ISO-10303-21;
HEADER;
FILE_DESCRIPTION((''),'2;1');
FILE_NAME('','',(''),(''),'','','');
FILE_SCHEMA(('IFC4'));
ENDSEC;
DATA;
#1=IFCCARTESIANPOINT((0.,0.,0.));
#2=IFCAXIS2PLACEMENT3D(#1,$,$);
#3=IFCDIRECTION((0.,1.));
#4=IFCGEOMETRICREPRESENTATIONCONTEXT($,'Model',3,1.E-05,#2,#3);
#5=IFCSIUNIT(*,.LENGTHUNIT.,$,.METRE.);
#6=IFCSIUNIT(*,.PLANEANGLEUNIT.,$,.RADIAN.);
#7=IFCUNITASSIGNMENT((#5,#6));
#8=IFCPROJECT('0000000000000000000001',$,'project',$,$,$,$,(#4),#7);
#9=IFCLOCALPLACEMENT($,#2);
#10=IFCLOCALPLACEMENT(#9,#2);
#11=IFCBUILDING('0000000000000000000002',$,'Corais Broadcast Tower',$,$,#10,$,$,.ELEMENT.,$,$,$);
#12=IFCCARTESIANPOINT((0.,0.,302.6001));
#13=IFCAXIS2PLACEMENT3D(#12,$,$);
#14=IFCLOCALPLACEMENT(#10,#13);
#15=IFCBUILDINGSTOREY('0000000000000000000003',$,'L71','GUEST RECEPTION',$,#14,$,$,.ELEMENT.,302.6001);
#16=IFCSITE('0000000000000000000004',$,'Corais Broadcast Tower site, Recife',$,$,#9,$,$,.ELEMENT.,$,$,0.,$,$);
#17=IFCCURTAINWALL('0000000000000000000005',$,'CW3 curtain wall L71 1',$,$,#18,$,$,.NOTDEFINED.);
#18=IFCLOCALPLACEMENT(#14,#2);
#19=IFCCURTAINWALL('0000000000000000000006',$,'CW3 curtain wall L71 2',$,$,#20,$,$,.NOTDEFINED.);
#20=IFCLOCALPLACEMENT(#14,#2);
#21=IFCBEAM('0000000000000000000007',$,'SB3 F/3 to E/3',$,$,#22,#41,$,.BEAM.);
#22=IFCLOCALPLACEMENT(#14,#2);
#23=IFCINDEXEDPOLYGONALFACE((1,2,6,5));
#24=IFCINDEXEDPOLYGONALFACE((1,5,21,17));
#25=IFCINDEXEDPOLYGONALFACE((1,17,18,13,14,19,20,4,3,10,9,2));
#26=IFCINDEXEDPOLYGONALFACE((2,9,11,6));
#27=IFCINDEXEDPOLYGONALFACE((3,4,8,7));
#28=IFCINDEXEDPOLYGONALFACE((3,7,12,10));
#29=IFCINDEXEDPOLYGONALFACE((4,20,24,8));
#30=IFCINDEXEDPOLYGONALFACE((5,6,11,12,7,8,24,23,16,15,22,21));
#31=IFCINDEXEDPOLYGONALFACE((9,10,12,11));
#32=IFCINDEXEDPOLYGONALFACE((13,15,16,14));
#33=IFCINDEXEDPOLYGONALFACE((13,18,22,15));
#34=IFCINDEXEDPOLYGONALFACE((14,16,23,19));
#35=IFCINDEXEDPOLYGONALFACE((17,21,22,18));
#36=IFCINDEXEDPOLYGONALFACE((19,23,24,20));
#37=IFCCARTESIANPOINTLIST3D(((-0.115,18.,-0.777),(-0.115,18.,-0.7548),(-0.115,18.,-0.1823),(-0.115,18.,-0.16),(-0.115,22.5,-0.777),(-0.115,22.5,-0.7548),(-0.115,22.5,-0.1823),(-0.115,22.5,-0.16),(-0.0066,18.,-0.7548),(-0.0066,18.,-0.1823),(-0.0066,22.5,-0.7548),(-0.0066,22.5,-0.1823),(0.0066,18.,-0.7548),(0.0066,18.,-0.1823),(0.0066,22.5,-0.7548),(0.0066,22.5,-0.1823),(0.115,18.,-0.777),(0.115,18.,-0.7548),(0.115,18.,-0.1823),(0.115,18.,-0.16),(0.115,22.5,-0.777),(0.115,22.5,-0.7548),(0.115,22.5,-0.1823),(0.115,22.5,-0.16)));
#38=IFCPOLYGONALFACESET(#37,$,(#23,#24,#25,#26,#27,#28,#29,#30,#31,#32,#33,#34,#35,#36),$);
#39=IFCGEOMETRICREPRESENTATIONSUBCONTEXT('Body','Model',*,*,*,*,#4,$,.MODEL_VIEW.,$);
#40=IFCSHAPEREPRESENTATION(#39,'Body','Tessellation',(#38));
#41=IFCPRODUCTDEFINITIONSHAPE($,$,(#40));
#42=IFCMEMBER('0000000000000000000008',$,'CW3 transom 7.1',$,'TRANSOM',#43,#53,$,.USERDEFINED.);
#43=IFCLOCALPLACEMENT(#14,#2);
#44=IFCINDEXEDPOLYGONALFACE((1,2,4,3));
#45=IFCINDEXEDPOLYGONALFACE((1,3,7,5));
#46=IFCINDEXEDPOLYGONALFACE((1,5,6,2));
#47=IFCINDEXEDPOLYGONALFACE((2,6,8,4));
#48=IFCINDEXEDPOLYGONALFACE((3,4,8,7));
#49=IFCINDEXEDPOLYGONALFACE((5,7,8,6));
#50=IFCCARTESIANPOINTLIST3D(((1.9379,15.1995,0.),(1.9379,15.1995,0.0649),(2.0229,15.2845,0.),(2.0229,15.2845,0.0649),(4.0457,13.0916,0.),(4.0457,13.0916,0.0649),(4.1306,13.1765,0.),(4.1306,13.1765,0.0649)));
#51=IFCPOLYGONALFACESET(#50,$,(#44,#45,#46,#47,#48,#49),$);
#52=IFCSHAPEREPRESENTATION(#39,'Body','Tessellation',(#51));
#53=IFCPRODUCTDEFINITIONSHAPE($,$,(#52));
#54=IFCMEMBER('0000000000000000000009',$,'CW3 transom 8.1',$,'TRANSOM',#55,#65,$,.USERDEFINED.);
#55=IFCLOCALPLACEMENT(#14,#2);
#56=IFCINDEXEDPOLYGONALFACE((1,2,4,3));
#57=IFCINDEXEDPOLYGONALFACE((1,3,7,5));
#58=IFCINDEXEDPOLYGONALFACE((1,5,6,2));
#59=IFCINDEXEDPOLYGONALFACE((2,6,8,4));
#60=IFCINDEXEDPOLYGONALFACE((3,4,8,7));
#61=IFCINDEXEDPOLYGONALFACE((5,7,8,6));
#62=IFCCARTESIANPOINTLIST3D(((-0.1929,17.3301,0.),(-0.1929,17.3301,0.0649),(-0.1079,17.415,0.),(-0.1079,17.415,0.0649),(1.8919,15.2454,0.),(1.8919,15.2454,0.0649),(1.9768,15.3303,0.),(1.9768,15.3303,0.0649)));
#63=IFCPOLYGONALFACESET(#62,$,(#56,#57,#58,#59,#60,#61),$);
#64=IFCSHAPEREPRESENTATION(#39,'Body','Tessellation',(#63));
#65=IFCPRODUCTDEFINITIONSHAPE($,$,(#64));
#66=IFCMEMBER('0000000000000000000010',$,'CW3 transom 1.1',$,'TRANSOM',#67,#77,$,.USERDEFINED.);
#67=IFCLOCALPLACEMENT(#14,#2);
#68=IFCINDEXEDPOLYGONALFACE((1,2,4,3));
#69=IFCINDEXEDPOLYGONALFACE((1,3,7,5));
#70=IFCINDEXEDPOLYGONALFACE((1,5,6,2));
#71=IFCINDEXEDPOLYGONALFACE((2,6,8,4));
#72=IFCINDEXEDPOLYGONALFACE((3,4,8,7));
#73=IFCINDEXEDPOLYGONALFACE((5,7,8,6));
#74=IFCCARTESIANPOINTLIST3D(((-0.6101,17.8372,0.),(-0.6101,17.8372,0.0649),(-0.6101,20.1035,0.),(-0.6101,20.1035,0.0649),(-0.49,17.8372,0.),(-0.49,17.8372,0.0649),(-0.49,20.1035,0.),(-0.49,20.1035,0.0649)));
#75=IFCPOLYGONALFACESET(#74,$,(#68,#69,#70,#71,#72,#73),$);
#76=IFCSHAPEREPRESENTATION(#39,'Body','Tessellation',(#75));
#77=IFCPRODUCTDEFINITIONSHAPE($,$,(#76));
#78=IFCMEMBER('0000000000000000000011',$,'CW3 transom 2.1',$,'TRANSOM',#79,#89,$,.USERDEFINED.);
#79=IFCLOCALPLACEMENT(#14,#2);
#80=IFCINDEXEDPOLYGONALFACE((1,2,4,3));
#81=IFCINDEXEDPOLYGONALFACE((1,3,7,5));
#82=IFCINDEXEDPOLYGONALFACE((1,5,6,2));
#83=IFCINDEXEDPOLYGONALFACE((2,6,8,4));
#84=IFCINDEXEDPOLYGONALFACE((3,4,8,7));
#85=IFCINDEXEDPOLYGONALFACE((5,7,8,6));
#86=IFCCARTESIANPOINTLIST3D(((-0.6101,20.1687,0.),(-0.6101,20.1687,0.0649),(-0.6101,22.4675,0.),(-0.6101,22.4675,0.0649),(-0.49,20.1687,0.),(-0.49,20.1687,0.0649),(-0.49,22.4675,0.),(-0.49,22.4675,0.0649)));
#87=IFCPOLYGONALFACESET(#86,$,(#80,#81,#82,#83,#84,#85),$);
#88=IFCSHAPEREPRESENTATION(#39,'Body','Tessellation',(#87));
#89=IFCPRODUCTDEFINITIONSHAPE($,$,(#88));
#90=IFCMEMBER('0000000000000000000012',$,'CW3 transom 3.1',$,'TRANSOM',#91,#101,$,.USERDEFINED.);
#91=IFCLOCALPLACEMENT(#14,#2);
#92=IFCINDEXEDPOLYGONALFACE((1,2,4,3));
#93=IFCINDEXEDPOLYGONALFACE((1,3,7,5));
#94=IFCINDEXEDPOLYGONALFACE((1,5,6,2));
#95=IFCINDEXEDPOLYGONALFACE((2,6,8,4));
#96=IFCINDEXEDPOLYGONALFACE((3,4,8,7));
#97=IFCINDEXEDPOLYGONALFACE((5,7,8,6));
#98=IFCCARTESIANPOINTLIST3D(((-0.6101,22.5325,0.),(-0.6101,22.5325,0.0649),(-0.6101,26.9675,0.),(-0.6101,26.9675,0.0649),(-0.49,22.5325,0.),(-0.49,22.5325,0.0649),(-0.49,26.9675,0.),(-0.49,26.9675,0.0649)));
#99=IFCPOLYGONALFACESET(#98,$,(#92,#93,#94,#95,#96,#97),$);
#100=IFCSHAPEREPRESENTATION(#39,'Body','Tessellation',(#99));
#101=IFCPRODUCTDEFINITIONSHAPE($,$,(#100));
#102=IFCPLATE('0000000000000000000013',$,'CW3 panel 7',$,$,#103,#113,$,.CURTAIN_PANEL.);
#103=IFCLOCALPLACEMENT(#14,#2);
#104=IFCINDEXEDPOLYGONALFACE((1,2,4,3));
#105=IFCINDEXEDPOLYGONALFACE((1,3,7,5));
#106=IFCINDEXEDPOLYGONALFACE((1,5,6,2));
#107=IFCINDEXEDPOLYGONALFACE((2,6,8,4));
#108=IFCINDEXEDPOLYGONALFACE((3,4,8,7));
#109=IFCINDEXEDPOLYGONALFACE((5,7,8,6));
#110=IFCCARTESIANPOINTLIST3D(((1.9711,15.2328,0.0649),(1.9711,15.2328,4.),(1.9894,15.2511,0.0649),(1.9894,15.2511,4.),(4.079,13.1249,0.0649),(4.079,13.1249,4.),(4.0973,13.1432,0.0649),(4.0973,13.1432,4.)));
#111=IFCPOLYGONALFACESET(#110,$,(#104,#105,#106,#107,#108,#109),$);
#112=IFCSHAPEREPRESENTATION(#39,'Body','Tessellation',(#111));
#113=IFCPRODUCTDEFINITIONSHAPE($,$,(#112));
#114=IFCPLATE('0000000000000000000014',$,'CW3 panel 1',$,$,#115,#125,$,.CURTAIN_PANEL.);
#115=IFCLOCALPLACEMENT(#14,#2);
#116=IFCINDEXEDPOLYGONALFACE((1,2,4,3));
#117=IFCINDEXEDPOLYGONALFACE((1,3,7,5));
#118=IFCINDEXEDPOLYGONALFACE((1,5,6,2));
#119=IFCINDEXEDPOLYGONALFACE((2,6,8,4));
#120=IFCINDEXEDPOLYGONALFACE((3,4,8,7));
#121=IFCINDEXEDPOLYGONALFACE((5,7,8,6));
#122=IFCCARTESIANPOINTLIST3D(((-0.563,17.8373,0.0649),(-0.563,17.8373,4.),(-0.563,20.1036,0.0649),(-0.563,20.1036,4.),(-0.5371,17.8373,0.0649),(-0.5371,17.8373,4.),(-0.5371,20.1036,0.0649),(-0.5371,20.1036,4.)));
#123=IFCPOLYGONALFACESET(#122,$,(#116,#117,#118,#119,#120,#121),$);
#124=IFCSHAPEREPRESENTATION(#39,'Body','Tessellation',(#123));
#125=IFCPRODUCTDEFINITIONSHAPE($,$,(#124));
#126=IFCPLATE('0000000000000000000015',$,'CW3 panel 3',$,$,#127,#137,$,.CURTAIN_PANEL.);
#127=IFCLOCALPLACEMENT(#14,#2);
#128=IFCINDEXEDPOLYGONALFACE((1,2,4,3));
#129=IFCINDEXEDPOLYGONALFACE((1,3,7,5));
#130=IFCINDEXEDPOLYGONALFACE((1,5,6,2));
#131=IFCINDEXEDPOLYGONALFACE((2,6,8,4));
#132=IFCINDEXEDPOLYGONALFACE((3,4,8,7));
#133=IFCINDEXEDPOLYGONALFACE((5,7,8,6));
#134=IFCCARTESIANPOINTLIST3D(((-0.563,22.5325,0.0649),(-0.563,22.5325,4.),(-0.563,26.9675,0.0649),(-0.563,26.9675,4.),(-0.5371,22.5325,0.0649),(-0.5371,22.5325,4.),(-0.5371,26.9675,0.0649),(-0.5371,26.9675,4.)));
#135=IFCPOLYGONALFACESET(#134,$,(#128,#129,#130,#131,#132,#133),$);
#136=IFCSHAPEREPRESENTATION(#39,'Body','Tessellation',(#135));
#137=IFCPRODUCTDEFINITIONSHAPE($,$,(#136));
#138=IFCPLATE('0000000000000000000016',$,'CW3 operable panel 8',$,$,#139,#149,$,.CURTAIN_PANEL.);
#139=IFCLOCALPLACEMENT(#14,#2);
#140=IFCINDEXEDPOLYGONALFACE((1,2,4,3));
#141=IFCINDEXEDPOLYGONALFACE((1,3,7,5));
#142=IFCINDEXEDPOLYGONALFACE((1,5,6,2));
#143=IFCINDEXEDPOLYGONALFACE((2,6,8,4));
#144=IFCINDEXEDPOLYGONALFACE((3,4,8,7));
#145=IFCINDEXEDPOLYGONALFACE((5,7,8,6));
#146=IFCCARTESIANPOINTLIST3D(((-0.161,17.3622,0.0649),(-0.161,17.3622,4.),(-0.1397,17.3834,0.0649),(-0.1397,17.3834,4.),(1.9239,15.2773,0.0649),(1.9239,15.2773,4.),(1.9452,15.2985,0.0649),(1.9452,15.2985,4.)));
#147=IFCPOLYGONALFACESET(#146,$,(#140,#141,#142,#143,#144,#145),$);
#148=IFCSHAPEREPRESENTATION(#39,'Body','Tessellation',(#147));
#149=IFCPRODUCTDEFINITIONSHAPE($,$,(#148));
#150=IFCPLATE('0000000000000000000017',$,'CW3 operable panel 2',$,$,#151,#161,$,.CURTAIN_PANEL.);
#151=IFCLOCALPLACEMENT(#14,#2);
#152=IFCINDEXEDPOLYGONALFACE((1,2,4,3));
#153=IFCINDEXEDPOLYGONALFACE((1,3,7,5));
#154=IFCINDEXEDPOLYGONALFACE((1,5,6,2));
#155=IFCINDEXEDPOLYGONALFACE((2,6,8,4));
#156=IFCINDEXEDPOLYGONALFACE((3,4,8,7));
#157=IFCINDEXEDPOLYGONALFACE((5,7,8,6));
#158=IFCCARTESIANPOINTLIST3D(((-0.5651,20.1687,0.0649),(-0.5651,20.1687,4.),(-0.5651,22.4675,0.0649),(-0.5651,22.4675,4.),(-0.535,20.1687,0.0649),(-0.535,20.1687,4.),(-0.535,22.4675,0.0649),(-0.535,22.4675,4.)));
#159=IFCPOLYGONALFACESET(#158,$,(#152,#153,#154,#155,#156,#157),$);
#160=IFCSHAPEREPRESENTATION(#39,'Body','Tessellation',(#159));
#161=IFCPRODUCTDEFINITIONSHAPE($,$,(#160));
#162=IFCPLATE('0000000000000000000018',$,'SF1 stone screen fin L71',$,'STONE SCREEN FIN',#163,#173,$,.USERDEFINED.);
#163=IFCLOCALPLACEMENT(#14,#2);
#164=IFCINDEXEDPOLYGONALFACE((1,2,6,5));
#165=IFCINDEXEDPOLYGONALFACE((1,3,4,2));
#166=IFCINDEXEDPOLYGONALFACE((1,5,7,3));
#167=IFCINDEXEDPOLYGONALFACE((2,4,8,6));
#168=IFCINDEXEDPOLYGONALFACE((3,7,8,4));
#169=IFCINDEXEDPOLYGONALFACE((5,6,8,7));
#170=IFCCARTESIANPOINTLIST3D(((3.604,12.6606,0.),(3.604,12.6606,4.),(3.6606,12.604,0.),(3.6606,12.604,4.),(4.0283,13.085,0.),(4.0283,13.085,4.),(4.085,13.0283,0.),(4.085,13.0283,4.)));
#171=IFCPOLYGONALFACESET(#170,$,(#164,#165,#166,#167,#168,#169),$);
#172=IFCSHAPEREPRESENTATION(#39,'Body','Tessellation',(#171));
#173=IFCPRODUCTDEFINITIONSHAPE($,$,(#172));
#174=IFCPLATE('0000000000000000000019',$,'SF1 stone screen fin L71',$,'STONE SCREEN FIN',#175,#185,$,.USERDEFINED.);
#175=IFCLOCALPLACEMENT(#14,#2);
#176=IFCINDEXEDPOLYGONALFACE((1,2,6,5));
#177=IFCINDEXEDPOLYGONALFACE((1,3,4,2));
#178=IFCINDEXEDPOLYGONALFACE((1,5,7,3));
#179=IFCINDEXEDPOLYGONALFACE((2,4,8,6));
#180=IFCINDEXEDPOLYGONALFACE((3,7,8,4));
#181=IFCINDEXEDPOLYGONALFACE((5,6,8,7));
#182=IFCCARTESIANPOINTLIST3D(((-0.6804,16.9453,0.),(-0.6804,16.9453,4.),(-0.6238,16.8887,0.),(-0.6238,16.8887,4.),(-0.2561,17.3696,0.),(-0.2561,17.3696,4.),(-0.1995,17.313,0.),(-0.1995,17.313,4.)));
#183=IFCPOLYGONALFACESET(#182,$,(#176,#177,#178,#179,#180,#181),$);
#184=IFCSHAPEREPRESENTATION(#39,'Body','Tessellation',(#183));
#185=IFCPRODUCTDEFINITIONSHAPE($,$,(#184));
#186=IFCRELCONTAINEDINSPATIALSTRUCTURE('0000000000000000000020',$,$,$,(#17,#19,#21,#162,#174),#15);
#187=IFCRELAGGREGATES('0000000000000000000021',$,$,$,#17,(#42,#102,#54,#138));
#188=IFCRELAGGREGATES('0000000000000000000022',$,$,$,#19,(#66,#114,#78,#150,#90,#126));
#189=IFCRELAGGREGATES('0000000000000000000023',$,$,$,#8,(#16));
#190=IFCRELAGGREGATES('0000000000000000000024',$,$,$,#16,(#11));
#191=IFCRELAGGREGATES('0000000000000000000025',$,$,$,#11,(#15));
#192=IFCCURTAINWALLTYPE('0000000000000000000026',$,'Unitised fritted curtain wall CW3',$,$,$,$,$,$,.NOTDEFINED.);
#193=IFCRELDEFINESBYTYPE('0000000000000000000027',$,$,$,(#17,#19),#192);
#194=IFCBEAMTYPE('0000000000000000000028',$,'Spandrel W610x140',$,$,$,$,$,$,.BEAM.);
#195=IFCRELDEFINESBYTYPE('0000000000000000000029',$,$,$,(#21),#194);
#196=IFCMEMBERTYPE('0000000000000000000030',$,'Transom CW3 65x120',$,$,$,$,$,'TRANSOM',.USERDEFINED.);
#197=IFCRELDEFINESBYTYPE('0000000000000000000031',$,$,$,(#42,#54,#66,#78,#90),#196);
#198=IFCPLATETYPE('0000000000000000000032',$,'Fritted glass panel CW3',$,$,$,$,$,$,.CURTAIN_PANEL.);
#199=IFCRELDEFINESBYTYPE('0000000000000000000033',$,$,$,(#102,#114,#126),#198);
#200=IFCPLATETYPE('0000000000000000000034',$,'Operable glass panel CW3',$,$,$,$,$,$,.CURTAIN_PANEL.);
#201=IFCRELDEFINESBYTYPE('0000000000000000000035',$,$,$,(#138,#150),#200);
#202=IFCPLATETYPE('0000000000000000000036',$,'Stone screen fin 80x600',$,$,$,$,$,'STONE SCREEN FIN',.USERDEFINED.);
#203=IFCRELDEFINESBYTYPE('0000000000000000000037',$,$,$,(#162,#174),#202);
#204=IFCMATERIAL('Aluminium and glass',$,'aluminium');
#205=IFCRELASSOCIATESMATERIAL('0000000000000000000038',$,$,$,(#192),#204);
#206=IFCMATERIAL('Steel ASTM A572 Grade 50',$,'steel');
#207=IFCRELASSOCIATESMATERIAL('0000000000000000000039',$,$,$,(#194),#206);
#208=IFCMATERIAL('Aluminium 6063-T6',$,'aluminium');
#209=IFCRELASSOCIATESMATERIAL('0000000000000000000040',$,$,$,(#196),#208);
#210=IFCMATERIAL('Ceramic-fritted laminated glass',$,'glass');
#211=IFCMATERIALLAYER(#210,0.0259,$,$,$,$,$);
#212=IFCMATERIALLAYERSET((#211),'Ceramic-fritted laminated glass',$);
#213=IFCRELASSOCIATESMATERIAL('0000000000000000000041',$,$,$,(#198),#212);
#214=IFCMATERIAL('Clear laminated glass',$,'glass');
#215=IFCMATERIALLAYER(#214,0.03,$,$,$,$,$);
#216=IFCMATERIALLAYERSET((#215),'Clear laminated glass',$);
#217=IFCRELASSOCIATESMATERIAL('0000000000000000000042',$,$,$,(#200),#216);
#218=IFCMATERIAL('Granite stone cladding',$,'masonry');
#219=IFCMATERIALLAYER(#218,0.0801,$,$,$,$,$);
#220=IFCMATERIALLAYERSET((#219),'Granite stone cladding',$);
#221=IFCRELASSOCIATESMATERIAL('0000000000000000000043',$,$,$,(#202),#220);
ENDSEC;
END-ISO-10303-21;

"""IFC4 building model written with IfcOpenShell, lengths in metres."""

from ifc_helpers import new_model, si_unit, direction, frame, origin, origin_2d, place, context, subcontext, project, spatial, rectangle, i_section, extrude, material, layer, layer_set, material_profile, profile_set, type_object, element, aggregate, save


model = new_model("IFC4")

# Units and contexts
model_context = context("Model", 3, precision=1e-05, world=origin(), true_north=direction((0.0, 1.0)))
body_context = subcontext(model_context, "Body", "Model", "MODEL_VIEW")
ifc_project = project(units=[si_unit("LENGTHUNIT", "METRE"), si_unit("PLANEANGLEUNIT", "RADIAN")], contexts=[model_context])

# Site, building, storey
site_placement = place(None, origin())
site = spatial("IfcSite", under=ifc_project, at=site_placement, Name="Corais Broadcast Tower site, Recife", CompositionType="ELEMENT", RefElevation=0.0)
building_placement = place(site_placement, origin())
building = spatial("IfcBuilding", under=site, at=building_placement, Name="Corais Broadcast Tower", CompositionType="ELEMENT")
storey_placement = place(building_placement, frame((0.0, 0.0, 302.6001)))
storey = spatial("IfcBuildingStorey", under=building, at=storey_placement, Name="L71", Description="GUEST RECEPTION", CompositionType="ELEMENT", Elevation=302.6001)

# Curtain walls
ifc_material_1 = material(Name="Aluminium and glass", Category="aluminium")
curtain_wall_type = type_object("IfcCurtainWallType", Name="Unitised fritted curtain wall CW3", PredefinedType="NOTDEFINED", material=ifc_material_1)
curtain_wall_1_placement = place(storey_placement, origin())
curtain_wall_1 = element("IfcCurtainWall", 1, at=curtain_wall_1_placement, inside=storey, type_object=curtain_wall_type, Name="CW3 curtain wall L71 1", PredefinedType="NOTDEFINED")
curtain_wall_2_placement = place(storey_placement, origin())
curtain_wall_2 = element("IfcCurtainWall", 2, at=curtain_wall_2_placement, inside=storey, type_object=curtain_wall_type, Name="CW3 curtain wall L71 2", PredefinedType="NOTDEFINED")

# Beam
ifc_material_2 = material(Name="Steel ASTM A572 Grade 50", Category="steel")
ifc_material_profile_1 = material_profile(ifc_material_2, i_section(OverallWidth=0.23, OverallDepth=0.6169, WebThickness=0.0132, FlangeThickness=0.0222, at=origin_2d()), Name="W610x140")
ifc_profile_set_1 = profile_set([ifc_material_profile_1], Name="Steel ASTM A572 Grade 50")
beam_type_1 = type_object("IfcBeamType", Name="Spandrel W610x140", PredefinedType="BEAM", material=ifc_profile_set_1)
beam_1_placement = place(storey_placement, frame((0.0, 22.5, -0.4685), z_axis=(0.0, -1.0, 0.0), x_axis=(1.0, 0.0, 0.0)))
element("IfcBeam", 3, at=beam_1_placement, inside=storey, type_object=beam_type_1, Name="SB3 F/3 to E/3", PredefinedType="BEAM", context=body_context, shape_type="SweptSolid", body=[
    extrude(i_section(OverallWidth=0.23, OverallDepth=0.6169, WebThickness=0.0132, FlangeThickness=0.0222, at=origin_2d()), origin(), (0.0, 0.0, 1.0), 4.5),
])

# Members
ifc_material_3 = material(Name="Aluminium 6063-T6", Category="aluminium")
ifc_material_profile_2 = material_profile(ifc_material_3, rectangle(XDim=0.1201, YDim=0.0649, at=origin_2d()), Name="Transom CW3 65x120")
ifc_profile_set_2 = profile_set([ifc_material_profile_2], Name="Aluminium 6063-T6")
member_type_1 = type_object("IfcMemberType", Name="Transom CW3 65x120", ElementType="TRANSOM", PredefinedType="USERDEFINED", material=ifc_profile_set_2)
member_1_placement = place(storey_placement, frame((4.0881, 13.134, 0.0325), z_axis=(-0.707066, 0.707148, 0.0), x_axis=(-0.707148, -0.707066, 0.0)))
member_1 = element("IfcMember", 4, at=member_1_placement, type_object=member_type_1, Name="CW3 transom 7.1", ObjectType="TRANSOM", PredefinedType="USERDEFINED", context=body_context, shape_type="SweptSolid", body=[
    extrude(rectangle(XDim=0.1201, YDim=0.0649, at=origin_2d()), origin(), (0.0, 0.0, 1.0), 2.981),
])
member_2_placement = place(storey_placement, frame((1.9343, 15.2878, 0.0325), z_axis=(-0.707107, 0.707107, 0.0), x_axis=(-0.707107, -0.707107, 0.0)))
member_2 = element("IfcMember", 5, at=member_2_placement, type_object=member_type_1, Name="CW3 transom 8.1", ObjectType="TRANSOM", PredefinedType="USERDEFINED", context=body_context, shape_type="SweptSolid", body=[
    extrude(rectangle(XDim=0.1201, YDim=0.0649, at=origin_2d()), origin(), (0.0, 0.0, 1.0), 2.9482),
])
member_3_placement = place(storey_placement, frame((-0.55, 17.8372, 0.0325), z_axis=(0.0, 1.0, 0.0), x_axis=(-1.0, 0.0, 0.0)))
member_3 = element("IfcMember", 6, at=member_3_placement, type_object=member_type_1, Name="CW3 transom 1.1", ObjectType="TRANSOM", PredefinedType="USERDEFINED", context=body_context, shape_type="SweptSolid", body=[
    extrude(rectangle(XDim=0.1201, YDim=0.0649, at=origin_2d()), origin(), (0.0, 0.0, 1.0), 2.2664),
])
member_4_placement = place(storey_placement, frame((-0.55, 20.1687, 0.0325), z_axis=(0.0, 1.0, 0.0), x_axis=(-1.0, 0.0, 0.0)))
member_4 = element("IfcMember", 7, at=member_4_placement, type_object=member_type_1, Name="CW3 transom 2.1", ObjectType="TRANSOM", PredefinedType="USERDEFINED", context=body_context, shape_type="SweptSolid", body=[
    extrude(rectangle(XDim=0.1201, YDim=0.0649, at=origin_2d()), origin(), (0.0, 0.0, 1.0), 2.2988),
])
member_5_placement = place(storey_placement, frame((-0.55, 22.5325, 0.0325), z_axis=(0.0, 1.0, 0.0), x_axis=(-1.0, 0.0, 0.0)))
member_5 = element("IfcMember", 8, at=member_5_placement, type_object=member_type_1, Name="CW3 transom 3.1", ObjectType="TRANSOM", PredefinedType="USERDEFINED", context=body_context, shape_type="SweptSolid", body=[
    extrude(rectangle(XDim=0.1201, YDim=0.0649, at=origin_2d()), origin(), (0.0, 0.0, 1.0), 4.4351),
])

# Plates
ifc_material_4 = material(Name="Ceramic-fritted laminated glass", Category="glass")
ifc_layer_1 = layer(ifc_material_4, 0.0259)
ifc_layer_set_1 = layer_set([ifc_layer_1], Name="Ceramic-fritted laminated glass")
plate_type_1 = type_object("IfcPlateType", Name="Fritted glass panel CW3", PredefinedType="CURTAIN_PANEL", material=ifc_layer_set_1)
plate_1_placement = place(storey_placement, frame((3.0342, 14.188, 0.0649), z_axis=(0.0, 0.0, 1.0), x_axis=(-0.707107, 0.707107, 0.0)))
plate_1 = element("IfcPlate", 9, at=plate_1_placement, type_object=plate_type_1, Name="CW3 panel 7", PredefinedType="CURTAIN_PANEL", context=body_context, shape_type="SweptSolid", body=[
    extrude(rectangle(XDim=2.981, YDim=0.0259, at=origin_2d()), origin(), (0.0, 0.0, 1.0), 3.9351),
])
plate_2_placement = place(storey_placement, frame((-0.55, 18.9705, 0.0649), z_axis=(0.0, 0.0, 1.0), x_axis=(0.0, 1.0, 0.0)))
plate_2 = element("IfcPlate", 10, at=plate_2_placement, type_object=plate_type_1, Name="CW3 panel 1", PredefinedType="CURTAIN_PANEL", context=body_context, shape_type="SweptSolid", body=[
    extrude(rectangle(XDim=2.2664, YDim=0.0259, at=origin_2d()), origin(), (0.0, 0.0, 1.0), 3.9351),
])
plate_3_placement = place(storey_placement, frame((-0.55, 24.75, 0.0649), z_axis=(0.0, 0.0, 1.0), x_axis=(0.0, 1.0, 0.0)))
plate_3 = element("IfcPlate", 11, at=plate_3_placement, type_object=plate_type_1, Name="CW3 panel 3", PredefinedType="CURTAIN_PANEL", context=body_context, shape_type="SweptSolid", body=[
    extrude(rectangle(XDim=4.4351, YDim=0.0259, at=origin_2d()), origin(), (0.0, 0.0, 1.0), 3.9351),
])
ifc_material_5 = material(Name="Clear laminated glass", Category="glass")
ifc_layer_2 = layer(ifc_material_5, 0.03)
ifc_layer_set_2 = layer_set([ifc_layer_2], Name="Clear laminated glass")
plate_type_2 = type_object("IfcPlateType", Name="Operable glass panel CW3", PredefinedType="CURTAIN_PANEL", material=ifc_layer_set_2)
plate_4_placement = place(storey_placement, frame((0.8921, 16.3303, 0.0649), z_axis=(0.0, 0.0, 1.0), x_axis=(-0.707107, 0.707107, 0.0)))
plate_4 = element("IfcPlate", 12, at=plate_4_placement, type_object=plate_type_2, Name="CW3 operable panel 8", PredefinedType="CURTAIN_PANEL", context=body_context, shape_type="SweptSolid", body=[
    extrude(rectangle(XDim=2.9485, YDim=0.03, at=origin_2d()), origin(), (0.0, 0.0, 1.0), 3.9351),
])
aggregate(curtain_wall_1, [member_1, plate_1, member_2, plate_4])
plate_5_placement = place(storey_placement, frame((-0.55, 21.3181, 0.0649), z_axis=(0.0, 0.0, 1.0), x_axis=(0.0, 1.0, 0.0)))
plate_5 = element("IfcPlate", 13, at=plate_5_placement, type_object=plate_type_2, Name="CW3 operable panel 2", PredefinedType="CURTAIN_PANEL", context=body_context, shape_type="SweptSolid", body=[
    extrude(rectangle(XDim=2.2988, YDim=0.03, at=origin_2d()), origin(), (0.0, 0.0, 1.0), 3.9351),
])
aggregate(curtain_wall_2, [member_3, plate_2, member_4, plate_5, member_5, plate_3])

# Plates
ifc_material_6 = material(Name="Granite stone cladding", Category="masonry")
ifc_layer_3 = layer(ifc_material_6, 0.0801)
ifc_layer_set_3 = layer_set([ifc_layer_3], Name="Granite stone cladding")
plate_type_3 = type_object("IfcPlateType", Name="Stone screen fin 80x600", ElementType="STONE SCREEN FIN", PredefinedType="USERDEFINED", material=ifc_layer_set_3)
for number, where, z_axis, x_axis, name in (
    (14, (3.8445, 12.8445, 0.0), (0.0, 0.0, 1.0), (-0.707107, 0.707107, 0.0), "SF1 stone screen fin L71"),
    (15, (-0.4399, 17.1292, 0.0), (0.0, 0.0, 1.0), (-0.707107, 0.707107, 0.0), "SF1 stone screen fin L71"),
):
    element("IfcPlate", number, at=place(storey_placement, frame(where, z_axis=z_axis, x_axis=x_axis)), inside=storey, type_object=plate_type_3, Name=name, ObjectType="STONE SCREEN FIN", PredefinedType="USERDEFINED", context=body_context, shape_type="SweptSolid", body=[
        extrude(rectangle(XDim=0.0801, YDim=0.6001, at=origin_2d()), origin(), (0.0, 0.0, 1.0), 4.0),
    ])

save(model, "model.ifc")
